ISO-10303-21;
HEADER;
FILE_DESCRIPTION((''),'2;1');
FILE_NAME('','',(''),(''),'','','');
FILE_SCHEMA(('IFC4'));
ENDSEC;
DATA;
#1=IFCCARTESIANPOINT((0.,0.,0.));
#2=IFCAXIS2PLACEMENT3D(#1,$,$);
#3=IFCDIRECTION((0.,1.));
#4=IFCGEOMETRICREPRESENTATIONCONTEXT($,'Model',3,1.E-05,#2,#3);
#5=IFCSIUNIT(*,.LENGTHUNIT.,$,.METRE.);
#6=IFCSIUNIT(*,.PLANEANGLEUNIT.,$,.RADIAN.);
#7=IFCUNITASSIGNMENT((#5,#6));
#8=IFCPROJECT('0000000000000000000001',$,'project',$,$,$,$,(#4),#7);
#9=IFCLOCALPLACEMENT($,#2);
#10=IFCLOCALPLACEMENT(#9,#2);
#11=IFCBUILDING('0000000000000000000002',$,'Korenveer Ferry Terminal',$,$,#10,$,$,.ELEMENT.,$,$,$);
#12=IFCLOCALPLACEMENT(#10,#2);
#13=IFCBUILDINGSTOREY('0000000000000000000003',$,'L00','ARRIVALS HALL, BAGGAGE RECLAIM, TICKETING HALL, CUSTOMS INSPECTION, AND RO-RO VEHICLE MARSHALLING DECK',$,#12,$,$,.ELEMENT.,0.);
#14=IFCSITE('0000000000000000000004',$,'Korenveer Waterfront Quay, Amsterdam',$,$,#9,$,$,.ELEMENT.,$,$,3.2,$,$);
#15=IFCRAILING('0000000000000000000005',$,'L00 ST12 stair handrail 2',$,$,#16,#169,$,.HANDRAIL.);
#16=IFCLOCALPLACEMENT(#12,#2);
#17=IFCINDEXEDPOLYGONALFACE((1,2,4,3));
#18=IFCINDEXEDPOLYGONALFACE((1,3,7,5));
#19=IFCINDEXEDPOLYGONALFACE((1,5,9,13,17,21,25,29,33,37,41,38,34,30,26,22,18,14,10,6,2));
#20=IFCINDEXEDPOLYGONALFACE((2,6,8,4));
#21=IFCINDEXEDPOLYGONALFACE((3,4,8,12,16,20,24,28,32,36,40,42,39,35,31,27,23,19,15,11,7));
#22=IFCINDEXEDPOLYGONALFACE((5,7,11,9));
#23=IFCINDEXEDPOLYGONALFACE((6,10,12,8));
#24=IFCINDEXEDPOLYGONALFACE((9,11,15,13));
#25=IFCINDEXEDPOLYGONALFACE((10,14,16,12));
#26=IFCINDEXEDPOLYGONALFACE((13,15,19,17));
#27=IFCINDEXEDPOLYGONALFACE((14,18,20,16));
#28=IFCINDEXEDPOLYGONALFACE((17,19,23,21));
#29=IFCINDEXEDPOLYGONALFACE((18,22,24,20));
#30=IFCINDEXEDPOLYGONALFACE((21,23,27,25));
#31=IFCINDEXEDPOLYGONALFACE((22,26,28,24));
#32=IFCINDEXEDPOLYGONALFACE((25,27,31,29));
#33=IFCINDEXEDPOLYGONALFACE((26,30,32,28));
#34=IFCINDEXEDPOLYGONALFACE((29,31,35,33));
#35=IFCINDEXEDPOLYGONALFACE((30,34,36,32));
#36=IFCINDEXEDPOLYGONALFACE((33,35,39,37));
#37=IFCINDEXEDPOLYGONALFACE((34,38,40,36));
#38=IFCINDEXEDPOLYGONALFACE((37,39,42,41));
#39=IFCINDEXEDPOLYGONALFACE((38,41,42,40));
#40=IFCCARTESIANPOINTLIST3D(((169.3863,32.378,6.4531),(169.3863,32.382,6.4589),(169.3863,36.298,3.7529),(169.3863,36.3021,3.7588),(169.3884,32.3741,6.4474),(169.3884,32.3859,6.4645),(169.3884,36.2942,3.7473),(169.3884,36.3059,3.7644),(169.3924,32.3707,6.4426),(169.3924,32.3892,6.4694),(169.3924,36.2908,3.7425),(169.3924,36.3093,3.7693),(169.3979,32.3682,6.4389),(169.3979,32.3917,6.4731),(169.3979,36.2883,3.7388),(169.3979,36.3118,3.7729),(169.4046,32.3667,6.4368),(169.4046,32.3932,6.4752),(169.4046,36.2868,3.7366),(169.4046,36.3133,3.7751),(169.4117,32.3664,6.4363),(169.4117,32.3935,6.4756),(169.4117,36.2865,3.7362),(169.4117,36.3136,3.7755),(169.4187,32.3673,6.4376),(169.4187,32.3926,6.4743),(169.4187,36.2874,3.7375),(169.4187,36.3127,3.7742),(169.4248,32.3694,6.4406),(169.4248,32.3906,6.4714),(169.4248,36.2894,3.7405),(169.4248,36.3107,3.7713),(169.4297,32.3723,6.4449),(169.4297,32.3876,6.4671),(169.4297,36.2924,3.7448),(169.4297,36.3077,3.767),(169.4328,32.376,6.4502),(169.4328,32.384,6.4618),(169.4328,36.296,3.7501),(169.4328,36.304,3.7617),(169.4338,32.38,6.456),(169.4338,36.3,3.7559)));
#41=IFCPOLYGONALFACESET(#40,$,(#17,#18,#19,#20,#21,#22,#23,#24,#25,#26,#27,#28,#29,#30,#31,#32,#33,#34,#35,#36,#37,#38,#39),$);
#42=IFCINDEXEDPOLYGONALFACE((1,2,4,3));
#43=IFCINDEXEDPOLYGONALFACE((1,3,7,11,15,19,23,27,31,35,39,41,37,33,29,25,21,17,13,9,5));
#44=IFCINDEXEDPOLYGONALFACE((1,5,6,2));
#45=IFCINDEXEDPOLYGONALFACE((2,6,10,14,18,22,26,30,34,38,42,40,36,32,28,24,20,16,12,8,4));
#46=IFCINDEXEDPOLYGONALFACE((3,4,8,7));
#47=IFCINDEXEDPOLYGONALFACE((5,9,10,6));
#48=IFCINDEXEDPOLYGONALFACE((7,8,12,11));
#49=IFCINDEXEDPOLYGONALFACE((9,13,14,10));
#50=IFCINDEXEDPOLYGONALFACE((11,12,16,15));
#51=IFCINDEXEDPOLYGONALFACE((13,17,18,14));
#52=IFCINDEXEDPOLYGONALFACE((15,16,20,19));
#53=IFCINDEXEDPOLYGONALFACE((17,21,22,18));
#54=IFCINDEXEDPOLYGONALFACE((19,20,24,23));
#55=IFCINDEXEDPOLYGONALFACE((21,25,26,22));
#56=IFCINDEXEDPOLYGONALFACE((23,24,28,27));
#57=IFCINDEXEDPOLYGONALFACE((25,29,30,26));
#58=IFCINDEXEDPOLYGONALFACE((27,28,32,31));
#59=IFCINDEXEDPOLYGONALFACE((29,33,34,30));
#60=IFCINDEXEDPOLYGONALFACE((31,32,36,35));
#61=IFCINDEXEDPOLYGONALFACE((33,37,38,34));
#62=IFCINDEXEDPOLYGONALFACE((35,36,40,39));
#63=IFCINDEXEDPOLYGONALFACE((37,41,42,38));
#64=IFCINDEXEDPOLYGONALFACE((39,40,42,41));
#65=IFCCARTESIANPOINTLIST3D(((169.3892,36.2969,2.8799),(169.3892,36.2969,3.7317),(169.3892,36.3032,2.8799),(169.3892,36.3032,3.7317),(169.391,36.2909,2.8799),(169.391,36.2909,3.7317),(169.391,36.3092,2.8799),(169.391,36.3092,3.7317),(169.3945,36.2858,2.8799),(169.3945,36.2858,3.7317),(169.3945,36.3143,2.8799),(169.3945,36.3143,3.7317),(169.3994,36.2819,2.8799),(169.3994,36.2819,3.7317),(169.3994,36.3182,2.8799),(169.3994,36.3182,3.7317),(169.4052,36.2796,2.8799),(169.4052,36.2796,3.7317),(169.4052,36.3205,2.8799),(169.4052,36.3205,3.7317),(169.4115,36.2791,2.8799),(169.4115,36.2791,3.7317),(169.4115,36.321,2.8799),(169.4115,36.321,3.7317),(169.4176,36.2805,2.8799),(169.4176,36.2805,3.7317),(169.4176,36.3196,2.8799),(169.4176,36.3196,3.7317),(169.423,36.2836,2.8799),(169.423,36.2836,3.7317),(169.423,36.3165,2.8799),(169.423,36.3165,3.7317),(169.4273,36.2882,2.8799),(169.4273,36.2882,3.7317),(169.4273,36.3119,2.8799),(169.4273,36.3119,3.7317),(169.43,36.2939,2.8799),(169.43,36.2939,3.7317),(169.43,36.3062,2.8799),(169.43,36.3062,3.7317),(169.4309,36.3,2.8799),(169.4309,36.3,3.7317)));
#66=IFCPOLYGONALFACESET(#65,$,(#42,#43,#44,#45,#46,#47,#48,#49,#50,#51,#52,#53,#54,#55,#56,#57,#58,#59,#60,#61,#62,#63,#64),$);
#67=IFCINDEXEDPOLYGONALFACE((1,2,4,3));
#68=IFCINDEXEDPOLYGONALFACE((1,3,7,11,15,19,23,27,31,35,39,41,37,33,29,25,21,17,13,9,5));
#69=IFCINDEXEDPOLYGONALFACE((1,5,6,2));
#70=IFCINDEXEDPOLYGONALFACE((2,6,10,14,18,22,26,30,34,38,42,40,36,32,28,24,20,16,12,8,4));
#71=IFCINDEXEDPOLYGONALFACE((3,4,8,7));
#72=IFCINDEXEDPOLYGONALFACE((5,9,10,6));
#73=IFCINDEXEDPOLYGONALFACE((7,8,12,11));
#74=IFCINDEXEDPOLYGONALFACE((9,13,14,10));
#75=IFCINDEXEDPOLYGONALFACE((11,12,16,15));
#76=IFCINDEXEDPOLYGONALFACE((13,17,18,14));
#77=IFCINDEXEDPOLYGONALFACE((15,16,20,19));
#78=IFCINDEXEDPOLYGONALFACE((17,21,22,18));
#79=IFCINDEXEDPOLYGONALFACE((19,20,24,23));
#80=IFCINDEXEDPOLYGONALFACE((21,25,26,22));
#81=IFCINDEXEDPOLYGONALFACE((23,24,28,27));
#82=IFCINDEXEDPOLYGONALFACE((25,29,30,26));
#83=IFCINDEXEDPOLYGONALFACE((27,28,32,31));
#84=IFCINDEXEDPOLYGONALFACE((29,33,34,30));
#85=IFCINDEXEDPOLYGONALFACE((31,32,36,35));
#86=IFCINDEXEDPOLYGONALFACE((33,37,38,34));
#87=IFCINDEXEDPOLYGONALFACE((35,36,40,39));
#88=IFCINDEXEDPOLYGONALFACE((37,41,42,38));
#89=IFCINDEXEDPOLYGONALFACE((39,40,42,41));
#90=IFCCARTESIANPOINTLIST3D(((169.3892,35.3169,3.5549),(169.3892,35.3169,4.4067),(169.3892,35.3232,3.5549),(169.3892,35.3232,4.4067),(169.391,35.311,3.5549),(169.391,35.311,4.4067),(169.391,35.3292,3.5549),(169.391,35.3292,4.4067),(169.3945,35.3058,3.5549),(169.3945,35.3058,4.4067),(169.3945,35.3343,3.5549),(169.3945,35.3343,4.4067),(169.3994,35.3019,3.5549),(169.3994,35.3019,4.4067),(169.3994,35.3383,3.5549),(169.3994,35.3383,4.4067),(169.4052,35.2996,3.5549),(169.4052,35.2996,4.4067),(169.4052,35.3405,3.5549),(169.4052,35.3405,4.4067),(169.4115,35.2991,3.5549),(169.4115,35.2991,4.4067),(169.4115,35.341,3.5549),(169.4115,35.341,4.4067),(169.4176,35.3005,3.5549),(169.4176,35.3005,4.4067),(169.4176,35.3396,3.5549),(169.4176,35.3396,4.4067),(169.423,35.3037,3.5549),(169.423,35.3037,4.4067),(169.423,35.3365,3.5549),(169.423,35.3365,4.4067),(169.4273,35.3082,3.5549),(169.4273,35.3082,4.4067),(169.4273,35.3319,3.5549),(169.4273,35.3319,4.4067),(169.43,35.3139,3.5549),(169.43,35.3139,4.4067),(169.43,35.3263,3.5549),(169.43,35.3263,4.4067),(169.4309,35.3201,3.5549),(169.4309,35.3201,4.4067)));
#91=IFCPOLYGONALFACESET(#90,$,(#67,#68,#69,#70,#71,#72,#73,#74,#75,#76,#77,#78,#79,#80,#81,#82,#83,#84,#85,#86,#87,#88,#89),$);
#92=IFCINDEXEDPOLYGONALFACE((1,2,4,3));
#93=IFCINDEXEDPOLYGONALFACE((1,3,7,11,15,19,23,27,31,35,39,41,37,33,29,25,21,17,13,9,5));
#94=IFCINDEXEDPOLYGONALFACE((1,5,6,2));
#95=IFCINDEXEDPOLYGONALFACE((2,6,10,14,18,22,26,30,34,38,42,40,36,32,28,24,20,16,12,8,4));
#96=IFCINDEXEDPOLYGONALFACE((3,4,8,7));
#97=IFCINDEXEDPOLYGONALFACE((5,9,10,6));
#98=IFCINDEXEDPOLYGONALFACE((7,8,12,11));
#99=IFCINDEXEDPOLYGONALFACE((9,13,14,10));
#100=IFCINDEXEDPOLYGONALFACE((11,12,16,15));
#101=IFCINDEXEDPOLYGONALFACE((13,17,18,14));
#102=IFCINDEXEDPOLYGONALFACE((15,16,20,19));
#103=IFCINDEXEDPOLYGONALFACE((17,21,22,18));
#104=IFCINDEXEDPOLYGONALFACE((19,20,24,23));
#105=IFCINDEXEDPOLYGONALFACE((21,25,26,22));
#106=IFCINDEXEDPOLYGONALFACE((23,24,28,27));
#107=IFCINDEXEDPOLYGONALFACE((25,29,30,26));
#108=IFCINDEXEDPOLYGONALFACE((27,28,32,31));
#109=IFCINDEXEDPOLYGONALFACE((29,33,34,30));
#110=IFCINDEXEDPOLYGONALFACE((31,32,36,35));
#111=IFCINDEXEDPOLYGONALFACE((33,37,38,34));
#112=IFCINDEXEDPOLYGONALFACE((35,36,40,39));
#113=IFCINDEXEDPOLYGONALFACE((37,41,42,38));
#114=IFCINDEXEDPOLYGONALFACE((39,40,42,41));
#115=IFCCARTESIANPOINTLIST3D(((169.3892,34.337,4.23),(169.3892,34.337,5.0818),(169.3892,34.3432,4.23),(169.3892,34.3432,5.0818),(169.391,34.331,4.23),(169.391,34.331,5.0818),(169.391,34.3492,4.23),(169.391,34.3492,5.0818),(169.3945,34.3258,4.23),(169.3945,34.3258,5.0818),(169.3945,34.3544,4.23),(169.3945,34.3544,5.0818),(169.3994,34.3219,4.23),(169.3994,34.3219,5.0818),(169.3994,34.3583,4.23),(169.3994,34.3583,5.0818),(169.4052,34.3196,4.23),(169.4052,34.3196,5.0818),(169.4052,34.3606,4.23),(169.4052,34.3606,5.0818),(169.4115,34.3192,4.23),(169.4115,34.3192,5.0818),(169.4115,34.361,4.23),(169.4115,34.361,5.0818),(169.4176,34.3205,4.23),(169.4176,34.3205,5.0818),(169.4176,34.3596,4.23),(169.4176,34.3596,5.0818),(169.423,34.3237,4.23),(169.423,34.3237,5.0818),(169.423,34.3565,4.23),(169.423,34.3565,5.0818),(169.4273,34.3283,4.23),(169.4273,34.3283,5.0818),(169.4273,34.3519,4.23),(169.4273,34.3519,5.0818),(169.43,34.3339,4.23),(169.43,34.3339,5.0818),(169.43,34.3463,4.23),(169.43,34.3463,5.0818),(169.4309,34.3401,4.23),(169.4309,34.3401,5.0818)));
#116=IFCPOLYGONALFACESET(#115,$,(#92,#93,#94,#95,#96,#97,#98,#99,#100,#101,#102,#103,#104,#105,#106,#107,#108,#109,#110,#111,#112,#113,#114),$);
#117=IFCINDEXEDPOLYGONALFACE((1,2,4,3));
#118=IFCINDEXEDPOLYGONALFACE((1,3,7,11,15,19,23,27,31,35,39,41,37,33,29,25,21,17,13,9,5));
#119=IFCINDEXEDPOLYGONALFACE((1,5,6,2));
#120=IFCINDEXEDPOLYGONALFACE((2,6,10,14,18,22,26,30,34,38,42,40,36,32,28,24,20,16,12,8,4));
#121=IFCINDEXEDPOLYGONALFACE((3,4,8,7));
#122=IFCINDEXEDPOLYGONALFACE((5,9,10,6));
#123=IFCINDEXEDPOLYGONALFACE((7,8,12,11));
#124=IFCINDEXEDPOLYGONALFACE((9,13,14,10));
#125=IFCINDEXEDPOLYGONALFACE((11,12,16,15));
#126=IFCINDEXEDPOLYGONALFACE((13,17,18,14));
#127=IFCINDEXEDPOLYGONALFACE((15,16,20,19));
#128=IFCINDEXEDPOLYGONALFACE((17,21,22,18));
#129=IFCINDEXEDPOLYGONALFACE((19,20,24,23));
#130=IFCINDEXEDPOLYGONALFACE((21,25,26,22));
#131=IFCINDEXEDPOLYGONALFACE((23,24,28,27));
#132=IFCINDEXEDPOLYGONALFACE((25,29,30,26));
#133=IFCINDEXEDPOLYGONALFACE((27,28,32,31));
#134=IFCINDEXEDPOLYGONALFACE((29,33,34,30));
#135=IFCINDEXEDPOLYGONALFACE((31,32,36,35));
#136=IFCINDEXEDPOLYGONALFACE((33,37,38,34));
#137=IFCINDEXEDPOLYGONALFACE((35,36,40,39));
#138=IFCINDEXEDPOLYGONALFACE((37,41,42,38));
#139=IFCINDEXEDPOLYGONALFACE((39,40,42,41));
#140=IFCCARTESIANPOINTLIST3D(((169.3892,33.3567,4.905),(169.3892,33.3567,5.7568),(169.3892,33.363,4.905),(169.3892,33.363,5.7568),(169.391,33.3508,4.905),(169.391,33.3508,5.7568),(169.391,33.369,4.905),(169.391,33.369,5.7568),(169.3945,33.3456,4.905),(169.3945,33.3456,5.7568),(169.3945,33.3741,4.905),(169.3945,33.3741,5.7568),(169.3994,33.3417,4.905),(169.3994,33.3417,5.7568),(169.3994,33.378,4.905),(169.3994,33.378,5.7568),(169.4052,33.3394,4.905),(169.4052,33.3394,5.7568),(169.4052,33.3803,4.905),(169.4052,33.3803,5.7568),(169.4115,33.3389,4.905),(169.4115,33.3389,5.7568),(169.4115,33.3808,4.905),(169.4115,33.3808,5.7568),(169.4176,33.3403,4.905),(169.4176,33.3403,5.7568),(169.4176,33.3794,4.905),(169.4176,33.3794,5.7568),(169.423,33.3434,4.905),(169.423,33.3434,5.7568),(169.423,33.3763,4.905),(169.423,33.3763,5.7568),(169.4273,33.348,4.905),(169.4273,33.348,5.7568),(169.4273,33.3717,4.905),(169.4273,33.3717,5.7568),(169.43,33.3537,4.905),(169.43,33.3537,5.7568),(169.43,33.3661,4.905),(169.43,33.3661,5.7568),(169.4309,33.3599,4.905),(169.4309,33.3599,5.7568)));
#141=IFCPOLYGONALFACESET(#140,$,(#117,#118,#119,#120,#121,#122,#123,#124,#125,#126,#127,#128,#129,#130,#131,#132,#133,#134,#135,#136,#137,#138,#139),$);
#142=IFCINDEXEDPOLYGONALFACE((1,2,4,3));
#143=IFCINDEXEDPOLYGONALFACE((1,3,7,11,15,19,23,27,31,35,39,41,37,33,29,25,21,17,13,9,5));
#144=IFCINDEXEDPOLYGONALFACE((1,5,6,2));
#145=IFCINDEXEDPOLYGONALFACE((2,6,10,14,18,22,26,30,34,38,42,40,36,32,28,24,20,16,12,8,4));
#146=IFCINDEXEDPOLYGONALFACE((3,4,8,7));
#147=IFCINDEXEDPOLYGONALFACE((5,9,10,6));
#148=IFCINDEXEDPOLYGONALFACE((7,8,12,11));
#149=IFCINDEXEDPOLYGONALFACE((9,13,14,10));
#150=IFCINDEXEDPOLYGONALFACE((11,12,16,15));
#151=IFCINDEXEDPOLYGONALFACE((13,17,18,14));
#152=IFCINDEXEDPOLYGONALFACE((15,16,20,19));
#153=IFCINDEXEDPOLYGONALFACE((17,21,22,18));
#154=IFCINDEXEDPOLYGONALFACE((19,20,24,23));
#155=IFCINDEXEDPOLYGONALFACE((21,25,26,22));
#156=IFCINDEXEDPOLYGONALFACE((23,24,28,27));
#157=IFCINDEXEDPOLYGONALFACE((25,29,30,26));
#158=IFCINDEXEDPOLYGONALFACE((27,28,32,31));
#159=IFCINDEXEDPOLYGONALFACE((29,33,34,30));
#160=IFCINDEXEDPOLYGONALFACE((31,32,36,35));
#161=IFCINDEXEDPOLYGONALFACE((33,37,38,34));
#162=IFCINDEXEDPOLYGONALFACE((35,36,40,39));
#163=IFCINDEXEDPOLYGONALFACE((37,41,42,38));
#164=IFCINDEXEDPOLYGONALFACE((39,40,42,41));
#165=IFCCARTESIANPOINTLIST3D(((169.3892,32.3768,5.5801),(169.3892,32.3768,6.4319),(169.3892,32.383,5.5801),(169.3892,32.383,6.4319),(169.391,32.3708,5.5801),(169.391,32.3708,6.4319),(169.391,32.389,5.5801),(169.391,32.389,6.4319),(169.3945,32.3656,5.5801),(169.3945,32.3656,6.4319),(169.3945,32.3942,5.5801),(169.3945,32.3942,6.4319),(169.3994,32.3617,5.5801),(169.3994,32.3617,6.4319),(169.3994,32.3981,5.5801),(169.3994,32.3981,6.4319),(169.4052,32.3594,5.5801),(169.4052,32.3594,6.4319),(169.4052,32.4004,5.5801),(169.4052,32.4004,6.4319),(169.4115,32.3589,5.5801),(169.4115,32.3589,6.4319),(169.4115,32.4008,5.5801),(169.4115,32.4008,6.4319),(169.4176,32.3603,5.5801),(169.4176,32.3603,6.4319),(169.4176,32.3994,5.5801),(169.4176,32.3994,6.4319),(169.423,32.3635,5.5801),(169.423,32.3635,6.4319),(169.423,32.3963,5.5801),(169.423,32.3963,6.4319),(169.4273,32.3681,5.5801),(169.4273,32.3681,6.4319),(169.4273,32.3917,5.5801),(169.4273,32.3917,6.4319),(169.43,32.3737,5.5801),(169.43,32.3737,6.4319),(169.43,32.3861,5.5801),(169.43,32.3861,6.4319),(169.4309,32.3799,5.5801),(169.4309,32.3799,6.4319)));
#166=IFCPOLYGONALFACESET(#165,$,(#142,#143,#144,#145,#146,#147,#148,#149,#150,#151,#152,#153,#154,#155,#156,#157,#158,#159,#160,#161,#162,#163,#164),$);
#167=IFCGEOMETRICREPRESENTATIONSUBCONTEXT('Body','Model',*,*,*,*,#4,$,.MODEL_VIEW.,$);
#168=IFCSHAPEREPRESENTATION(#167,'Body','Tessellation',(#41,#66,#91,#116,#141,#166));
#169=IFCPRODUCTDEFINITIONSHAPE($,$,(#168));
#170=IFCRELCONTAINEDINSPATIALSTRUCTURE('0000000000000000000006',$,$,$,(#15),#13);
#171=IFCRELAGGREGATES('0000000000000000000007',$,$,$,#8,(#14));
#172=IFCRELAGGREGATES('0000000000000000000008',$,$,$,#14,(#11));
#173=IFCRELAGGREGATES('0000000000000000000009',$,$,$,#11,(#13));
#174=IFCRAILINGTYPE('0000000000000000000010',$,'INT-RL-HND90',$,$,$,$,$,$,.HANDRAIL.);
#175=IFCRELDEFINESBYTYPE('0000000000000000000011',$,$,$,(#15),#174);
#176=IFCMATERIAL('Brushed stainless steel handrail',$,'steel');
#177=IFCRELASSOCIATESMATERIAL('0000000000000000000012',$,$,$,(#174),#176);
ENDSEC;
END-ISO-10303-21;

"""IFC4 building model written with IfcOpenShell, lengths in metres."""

from ifc_helpers import new_model, si_unit, direction, frame, origin, origin_2d, place, context, subcontext, project, spatial, circle, extrude, material, type_object, element, save


model = new_model("IFC4")

# Units and contexts
model_context = context("Model", 3, precision=1e-05, world=origin(), true_north=direction((0.0, 1.0)))
body_context = subcontext(model_context, "Body", "Model", "MODEL_VIEW")
ifc_project = project(units=[si_unit("LENGTHUNIT", "METRE"), si_unit("PLANEANGLEUNIT", "RADIAN")], contexts=[model_context])

# Site, building, storey
site_placement = place(None, origin())
site = spatial("IfcSite", under=ifc_project, at=site_placement, Name="Korenveer Waterfront Quay, Amsterdam", CompositionType="ELEMENT", RefElevation=3.2)
building_placement = place(site_placement, origin())
building = spatial("IfcBuilding", under=site, at=building_placement, Name="Korenveer Ferry Terminal", CompositionType="ELEMENT")
storey_placement = place(building_placement, origin())
storey = spatial("IfcBuildingStorey", under=building, at=storey_placement, Name="L00", Description="ARRIVALS HALL, BAGGAGE RECLAIM, TICKETING HALL, CUSTOMS INSPECTION, AND RO-RO VEHICLE MARSHALLING DECK", CompositionType="ELEMENT", Elevation=0.0)

# Railing
ifc_material_1 = material(Name="Brushed stainless steel handrail", Category="steel")
railing_type_1 = type_object("IfcRailingType", Name="INT-RL-HND90", PredefinedType="HANDRAIL", material=ifc_material_1)
railing_1_placement = place(storey_placement, frame((169.4099, 36.3, 2.8799)))
element("IfcRailing", 1, at=railing_1_placement, inside=storey, type_object=railing_type_1, Name="L00 ST12 stair handrail 2", PredefinedType="HANDRAIL", context=body_context, shape_type="SweptSolid", body=[
    extrude(circle(Radius=0.0239, at=origin_2d()), frame((0.0, 0.0, 0.876), z_axis=(0.0, -0.823543, 0.567253), x_axis=(1.0, 0.0, 0.0)), (0.0, 0.0, 1.0), 4.76),
    extrude(circle(Radius=0.021, at=origin_2d()), origin(), (0.0, 0.0, 1.0), 0.8518),
    extrude(circle(Radius=0.021, at=origin_2d()), frame((0.0, -0.98, 0.675)), (0.0, 0.0, 1.0), 0.8518),
    extrude(circle(Radius=0.021, at=origin_2d()), frame((0.0, -1.96, 1.3501)), (0.0, 0.0, 1.0), 0.8518),
    extrude(circle(Radius=0.021, at=origin_2d()), frame((0.0, -2.9402, 2.0251)), (0.0, 0.0, 1.0), 0.8518),
    extrude(circle(Radius=0.021, at=origin_2d()), frame((0.0, -3.9202, 2.7002)), (0.0, 0.0, 1.0), 0.8518),
])

save(model, "model.ifc")
